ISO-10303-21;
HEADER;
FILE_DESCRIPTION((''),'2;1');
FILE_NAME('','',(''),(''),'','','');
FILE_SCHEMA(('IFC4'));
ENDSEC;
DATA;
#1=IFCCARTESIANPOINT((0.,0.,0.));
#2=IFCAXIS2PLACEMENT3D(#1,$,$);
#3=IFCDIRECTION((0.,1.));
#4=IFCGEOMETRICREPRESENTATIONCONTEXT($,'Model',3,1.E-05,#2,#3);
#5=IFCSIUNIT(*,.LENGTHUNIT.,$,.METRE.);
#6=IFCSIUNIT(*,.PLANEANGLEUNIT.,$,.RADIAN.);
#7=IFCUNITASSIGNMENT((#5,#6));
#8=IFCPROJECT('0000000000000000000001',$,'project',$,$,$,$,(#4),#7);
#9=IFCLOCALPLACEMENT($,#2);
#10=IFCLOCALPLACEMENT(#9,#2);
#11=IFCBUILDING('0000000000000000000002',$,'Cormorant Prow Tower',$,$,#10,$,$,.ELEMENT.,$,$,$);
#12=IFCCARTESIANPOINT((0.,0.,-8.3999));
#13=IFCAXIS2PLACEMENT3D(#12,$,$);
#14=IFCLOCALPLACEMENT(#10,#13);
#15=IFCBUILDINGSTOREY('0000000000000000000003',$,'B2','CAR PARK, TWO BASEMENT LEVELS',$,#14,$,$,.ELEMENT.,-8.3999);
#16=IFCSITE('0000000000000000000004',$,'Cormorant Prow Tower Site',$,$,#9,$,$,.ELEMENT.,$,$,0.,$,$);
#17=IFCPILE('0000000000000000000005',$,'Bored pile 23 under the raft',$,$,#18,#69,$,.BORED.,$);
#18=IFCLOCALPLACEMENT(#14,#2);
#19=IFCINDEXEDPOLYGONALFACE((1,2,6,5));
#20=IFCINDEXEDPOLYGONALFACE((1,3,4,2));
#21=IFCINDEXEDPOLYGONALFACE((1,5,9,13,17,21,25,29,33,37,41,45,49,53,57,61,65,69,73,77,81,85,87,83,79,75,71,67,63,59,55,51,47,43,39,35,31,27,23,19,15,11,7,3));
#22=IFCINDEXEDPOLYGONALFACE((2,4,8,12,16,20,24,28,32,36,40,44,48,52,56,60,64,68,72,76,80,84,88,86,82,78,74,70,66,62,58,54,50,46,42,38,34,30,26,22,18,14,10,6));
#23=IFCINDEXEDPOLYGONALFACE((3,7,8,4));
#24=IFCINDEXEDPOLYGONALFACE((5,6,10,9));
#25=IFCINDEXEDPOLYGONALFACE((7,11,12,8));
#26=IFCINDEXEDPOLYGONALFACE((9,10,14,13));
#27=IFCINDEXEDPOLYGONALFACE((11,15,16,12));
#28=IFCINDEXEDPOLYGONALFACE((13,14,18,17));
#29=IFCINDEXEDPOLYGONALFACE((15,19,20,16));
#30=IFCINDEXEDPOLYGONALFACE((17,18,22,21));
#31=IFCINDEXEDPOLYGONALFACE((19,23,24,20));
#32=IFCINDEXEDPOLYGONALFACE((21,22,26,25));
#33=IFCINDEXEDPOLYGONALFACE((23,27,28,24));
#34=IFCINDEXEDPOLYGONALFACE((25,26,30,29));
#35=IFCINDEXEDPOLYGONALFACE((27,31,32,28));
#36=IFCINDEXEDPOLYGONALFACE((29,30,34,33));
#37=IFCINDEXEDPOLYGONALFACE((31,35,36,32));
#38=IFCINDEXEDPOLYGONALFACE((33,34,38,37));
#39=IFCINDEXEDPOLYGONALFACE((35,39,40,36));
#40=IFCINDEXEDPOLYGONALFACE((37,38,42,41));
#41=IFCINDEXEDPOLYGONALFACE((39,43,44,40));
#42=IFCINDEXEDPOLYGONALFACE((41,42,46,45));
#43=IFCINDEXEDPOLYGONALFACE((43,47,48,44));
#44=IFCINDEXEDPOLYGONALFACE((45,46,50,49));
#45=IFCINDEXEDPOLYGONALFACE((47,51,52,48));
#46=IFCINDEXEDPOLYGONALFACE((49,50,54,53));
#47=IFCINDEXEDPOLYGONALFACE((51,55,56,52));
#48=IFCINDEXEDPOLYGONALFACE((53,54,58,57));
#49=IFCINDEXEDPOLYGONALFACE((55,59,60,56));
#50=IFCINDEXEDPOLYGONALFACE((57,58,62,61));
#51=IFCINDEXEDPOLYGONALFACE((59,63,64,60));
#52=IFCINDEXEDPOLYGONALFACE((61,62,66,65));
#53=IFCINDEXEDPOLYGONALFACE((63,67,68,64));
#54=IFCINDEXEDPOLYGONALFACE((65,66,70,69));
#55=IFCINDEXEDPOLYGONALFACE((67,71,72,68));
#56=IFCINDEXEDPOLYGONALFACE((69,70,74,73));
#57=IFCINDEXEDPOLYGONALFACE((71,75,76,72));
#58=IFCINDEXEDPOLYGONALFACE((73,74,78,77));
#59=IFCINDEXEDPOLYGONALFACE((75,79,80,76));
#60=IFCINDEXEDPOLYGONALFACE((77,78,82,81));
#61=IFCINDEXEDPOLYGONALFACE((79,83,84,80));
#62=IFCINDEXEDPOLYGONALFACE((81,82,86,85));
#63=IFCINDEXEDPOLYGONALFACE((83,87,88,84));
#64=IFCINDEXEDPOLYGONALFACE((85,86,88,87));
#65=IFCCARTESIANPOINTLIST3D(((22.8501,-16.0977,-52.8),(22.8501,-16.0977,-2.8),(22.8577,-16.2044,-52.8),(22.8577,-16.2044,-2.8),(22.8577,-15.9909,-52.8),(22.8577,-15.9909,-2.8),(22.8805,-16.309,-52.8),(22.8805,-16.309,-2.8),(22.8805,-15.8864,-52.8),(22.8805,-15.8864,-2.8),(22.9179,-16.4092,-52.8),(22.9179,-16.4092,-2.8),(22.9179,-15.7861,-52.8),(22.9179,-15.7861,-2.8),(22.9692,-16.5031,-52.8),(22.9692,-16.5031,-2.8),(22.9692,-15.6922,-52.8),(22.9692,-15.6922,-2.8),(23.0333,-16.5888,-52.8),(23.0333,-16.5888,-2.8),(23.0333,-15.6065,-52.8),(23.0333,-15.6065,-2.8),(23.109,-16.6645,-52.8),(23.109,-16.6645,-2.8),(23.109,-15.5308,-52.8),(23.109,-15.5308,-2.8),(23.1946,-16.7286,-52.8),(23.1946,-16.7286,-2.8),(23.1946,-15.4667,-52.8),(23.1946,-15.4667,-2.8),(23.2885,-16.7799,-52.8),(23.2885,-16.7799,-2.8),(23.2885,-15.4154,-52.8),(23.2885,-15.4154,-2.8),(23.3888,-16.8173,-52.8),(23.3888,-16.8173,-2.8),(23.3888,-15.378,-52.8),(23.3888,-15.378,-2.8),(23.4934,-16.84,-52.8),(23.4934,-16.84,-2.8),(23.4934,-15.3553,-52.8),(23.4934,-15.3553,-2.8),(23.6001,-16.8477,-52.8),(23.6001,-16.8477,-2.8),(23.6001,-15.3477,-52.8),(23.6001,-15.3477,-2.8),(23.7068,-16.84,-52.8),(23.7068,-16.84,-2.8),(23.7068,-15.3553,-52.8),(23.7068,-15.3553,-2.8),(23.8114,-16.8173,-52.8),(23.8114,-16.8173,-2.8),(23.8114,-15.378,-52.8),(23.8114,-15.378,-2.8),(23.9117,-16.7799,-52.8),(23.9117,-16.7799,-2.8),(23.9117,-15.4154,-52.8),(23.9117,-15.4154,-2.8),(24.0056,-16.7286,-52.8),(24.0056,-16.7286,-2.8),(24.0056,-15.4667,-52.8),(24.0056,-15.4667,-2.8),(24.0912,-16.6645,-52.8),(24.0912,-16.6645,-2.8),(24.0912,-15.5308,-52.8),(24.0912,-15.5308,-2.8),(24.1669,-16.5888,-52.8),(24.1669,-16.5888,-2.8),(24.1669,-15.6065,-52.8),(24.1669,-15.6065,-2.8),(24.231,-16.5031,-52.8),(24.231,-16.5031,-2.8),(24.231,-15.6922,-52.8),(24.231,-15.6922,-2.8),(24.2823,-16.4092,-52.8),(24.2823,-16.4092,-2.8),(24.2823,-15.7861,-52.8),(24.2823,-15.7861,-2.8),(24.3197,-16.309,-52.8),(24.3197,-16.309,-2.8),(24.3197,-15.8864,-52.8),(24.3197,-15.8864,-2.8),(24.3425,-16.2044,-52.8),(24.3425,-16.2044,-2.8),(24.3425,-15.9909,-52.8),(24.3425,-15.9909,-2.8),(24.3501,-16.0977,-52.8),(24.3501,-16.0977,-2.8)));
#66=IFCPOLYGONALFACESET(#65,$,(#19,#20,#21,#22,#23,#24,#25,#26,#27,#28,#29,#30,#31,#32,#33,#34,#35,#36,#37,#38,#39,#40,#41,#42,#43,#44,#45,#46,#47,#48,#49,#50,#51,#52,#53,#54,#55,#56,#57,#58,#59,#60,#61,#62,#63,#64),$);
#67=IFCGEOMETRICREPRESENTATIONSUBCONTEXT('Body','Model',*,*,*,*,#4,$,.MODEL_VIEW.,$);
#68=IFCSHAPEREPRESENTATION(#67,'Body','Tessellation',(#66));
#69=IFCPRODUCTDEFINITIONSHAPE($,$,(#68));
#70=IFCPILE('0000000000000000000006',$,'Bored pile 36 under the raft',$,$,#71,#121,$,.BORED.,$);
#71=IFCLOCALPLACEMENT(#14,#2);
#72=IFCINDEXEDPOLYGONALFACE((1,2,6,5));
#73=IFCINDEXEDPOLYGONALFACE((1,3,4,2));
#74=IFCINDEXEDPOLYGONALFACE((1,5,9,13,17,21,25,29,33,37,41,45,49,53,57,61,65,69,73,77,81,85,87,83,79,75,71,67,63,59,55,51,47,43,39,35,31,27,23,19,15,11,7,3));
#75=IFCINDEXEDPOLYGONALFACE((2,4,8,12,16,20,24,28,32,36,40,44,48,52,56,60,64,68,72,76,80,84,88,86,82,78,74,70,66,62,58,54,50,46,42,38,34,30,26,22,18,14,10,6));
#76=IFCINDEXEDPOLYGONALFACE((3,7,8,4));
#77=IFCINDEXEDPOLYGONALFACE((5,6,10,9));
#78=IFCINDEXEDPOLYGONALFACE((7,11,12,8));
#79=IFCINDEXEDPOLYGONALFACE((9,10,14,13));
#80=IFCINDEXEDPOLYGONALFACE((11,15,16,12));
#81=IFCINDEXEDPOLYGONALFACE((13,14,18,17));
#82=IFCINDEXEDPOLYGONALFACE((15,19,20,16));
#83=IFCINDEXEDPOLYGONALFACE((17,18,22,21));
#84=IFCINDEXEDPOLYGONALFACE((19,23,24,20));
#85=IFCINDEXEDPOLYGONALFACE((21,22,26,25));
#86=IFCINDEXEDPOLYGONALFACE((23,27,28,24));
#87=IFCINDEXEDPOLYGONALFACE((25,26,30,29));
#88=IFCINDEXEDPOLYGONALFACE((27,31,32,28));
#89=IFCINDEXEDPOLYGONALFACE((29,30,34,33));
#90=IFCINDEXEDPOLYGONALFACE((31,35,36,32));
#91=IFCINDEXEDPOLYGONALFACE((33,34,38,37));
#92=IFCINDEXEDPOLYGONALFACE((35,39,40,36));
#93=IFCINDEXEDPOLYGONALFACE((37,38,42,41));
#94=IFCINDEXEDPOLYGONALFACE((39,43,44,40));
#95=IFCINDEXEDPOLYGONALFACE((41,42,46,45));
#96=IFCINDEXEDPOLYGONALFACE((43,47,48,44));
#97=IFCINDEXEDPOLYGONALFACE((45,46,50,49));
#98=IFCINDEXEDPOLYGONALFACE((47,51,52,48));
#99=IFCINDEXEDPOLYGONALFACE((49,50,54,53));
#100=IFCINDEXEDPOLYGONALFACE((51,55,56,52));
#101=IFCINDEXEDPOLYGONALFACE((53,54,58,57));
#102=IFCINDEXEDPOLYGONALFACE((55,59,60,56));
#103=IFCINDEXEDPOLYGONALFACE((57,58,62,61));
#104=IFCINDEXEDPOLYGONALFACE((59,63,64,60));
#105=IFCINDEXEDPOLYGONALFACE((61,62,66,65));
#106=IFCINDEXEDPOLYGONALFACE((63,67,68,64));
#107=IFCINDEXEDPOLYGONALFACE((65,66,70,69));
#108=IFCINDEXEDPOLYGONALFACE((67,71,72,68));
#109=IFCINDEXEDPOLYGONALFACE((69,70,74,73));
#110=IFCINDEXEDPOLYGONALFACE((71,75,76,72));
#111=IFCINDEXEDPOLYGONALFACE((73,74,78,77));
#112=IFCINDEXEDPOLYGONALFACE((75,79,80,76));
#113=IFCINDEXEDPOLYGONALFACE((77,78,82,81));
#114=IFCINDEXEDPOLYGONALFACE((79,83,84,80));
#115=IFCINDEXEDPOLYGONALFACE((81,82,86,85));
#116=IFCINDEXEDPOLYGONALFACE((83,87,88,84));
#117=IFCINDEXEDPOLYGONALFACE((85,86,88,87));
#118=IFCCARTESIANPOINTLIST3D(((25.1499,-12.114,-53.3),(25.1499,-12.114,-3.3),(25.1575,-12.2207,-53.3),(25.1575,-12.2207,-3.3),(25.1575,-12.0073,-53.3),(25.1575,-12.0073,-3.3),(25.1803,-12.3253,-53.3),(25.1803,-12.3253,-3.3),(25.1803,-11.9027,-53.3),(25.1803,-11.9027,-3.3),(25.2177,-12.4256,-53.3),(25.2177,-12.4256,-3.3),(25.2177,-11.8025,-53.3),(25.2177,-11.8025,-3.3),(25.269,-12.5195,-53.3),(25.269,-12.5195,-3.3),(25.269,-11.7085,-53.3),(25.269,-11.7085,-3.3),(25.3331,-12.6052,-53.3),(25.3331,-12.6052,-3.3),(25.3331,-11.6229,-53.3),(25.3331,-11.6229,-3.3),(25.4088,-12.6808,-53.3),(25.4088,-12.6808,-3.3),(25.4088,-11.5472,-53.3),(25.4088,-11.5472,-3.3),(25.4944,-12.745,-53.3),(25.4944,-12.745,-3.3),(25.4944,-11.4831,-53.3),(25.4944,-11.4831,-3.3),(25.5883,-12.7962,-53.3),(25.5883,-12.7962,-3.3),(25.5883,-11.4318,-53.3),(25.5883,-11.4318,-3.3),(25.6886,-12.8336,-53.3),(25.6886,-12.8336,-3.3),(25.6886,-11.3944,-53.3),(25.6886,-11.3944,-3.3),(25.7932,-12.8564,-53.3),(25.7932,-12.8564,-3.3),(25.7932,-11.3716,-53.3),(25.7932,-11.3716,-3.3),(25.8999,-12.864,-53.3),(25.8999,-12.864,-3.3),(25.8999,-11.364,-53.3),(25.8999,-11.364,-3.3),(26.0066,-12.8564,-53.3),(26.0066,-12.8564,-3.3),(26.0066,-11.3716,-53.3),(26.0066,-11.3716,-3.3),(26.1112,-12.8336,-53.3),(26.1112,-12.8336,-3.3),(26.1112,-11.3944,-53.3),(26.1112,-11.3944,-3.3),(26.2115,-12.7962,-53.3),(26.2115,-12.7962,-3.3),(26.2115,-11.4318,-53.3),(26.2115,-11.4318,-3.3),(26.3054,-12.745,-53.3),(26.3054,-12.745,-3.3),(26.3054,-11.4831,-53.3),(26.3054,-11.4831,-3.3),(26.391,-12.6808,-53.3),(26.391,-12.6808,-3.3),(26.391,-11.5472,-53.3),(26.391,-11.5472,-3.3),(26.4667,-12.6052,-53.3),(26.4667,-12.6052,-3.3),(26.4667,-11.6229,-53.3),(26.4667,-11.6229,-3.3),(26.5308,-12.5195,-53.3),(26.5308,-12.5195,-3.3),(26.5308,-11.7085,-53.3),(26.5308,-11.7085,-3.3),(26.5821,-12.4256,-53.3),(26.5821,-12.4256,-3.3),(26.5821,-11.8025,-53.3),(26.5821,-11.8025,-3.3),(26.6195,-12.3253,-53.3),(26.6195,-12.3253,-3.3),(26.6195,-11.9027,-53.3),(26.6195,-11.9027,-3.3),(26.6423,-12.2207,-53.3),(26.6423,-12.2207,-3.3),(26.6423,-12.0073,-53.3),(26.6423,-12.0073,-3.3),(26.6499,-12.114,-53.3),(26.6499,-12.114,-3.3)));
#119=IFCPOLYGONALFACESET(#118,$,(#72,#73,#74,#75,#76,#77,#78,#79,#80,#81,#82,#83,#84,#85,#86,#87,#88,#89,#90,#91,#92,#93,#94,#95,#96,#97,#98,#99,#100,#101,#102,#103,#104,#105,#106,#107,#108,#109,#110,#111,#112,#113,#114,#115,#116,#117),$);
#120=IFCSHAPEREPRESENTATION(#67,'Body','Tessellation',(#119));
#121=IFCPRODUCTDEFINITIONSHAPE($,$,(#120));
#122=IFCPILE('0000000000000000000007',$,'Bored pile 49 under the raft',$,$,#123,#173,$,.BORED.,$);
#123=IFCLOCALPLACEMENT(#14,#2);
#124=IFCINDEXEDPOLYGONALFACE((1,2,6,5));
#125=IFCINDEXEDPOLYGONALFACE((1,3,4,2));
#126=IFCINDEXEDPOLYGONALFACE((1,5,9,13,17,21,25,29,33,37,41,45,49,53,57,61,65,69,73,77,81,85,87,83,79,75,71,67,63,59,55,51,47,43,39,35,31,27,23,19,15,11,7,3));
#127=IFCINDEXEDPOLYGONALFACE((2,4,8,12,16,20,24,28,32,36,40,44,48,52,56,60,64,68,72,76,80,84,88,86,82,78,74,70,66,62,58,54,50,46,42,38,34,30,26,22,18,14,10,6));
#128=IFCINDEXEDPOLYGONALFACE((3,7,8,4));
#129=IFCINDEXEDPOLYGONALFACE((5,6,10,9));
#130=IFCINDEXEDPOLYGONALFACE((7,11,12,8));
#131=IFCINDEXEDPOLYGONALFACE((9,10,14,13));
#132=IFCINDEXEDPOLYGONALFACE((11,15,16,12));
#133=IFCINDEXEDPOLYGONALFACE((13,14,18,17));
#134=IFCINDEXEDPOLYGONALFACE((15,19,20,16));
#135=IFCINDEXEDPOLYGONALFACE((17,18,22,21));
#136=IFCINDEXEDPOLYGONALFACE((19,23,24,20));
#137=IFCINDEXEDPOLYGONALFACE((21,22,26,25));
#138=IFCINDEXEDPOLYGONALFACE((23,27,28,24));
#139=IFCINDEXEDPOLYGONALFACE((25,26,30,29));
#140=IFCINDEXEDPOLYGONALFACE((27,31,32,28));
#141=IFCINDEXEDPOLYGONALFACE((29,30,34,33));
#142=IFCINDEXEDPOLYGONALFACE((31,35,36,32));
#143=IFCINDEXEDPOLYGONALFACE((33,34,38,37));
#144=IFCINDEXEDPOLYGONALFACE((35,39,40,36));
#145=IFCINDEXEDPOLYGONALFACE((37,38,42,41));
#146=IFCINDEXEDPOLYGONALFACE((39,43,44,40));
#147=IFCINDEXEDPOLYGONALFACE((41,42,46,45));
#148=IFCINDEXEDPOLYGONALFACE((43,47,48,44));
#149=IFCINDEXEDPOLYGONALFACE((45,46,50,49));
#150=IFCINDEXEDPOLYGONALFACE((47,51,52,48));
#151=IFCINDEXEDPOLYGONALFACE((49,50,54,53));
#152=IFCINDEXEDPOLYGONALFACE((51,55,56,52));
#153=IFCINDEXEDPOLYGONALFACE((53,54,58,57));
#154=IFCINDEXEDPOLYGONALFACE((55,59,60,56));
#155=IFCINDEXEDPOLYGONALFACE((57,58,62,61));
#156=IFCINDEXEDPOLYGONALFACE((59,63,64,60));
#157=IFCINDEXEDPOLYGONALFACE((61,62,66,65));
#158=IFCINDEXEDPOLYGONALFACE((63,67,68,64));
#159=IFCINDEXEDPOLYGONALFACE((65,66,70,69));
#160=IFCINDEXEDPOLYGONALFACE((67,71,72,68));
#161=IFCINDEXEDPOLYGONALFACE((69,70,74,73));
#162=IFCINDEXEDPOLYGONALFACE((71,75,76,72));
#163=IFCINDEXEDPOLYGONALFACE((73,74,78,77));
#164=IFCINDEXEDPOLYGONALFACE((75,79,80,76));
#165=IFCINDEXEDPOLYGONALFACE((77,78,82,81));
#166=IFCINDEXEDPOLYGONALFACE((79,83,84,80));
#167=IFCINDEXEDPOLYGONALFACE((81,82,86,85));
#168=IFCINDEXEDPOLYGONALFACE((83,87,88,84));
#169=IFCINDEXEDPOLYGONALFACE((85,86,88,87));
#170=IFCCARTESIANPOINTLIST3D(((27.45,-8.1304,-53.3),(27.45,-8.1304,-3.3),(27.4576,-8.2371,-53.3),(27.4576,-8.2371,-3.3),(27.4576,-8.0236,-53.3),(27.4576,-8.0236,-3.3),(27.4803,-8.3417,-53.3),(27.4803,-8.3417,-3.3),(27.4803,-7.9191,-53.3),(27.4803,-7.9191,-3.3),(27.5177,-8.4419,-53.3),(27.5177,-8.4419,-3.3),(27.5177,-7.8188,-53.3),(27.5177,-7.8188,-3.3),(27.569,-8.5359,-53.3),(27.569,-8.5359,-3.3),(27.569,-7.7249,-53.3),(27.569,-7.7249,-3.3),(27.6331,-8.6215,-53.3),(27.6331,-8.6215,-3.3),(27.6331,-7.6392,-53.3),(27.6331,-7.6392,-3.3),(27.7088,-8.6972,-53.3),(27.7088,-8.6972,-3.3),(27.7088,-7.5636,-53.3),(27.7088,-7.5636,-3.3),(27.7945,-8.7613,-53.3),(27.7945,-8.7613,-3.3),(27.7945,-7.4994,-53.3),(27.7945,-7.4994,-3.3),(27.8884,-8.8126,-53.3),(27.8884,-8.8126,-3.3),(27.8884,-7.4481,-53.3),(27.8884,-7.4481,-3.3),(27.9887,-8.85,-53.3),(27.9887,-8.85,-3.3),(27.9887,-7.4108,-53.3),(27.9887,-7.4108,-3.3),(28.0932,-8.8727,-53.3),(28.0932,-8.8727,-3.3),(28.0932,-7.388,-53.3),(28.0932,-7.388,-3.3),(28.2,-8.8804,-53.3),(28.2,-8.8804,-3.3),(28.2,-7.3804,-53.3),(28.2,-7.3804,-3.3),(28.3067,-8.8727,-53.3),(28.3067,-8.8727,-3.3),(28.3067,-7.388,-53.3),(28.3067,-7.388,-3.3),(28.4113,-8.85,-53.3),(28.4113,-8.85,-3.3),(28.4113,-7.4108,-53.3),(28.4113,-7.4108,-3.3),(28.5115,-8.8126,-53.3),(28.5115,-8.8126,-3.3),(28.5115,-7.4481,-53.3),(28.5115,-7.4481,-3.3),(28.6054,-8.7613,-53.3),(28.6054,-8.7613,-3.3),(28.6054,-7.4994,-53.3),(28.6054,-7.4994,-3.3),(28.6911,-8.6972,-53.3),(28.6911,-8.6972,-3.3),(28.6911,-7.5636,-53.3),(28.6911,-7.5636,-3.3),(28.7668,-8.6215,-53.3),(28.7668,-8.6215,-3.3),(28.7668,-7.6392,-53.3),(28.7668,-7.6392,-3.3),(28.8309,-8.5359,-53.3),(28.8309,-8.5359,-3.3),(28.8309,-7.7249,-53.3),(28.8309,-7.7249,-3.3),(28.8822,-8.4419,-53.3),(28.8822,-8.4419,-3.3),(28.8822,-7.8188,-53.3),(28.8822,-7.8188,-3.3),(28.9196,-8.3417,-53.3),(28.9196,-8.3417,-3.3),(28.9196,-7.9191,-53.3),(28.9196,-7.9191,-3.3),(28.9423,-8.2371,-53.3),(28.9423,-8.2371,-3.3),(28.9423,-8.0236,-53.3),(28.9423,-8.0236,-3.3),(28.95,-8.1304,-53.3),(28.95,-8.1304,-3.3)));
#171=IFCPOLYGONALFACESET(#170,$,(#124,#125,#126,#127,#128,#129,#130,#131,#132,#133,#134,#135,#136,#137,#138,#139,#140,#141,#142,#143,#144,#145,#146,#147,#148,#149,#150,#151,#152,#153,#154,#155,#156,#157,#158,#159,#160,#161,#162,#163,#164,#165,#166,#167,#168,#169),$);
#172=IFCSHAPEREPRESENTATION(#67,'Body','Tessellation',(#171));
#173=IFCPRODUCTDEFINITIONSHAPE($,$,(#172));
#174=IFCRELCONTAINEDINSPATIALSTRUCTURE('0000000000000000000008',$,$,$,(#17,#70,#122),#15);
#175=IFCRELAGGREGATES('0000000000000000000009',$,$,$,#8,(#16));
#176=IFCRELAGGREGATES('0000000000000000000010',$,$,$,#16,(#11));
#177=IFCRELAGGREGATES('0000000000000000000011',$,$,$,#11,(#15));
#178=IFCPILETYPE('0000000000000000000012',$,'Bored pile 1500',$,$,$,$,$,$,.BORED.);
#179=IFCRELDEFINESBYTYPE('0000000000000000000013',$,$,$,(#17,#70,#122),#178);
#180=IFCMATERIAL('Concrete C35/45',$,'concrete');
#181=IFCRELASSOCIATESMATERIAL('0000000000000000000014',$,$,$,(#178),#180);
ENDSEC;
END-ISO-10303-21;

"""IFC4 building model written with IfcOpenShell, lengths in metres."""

from ifc_helpers import new_model, si_unit, direction, frame, origin, origin_2d, place, context, subcontext, project, spatial, circle, extrude, material, material_profile, profile_set, type_object, element, save


model = new_model("IFC4")

# Units and contexts
model_context = context("Model", 3, precision=1e-05, world=origin(), true_north=direction((0.0, 1.0)))
body_context = subcontext(model_context, "Body", "Model", "MODEL_VIEW")
ifc_project = project(units=[si_unit("LENGTHUNIT", "METRE"), si_unit("PLANEANGLEUNIT", "RADIAN")], contexts=[model_context])

# Site, building, storey
site_placement = place(None, origin())
site = spatial("IfcSite", under=ifc_project, at=site_placement, Name="Cormorant Prow Tower Site", CompositionType="ELEMENT", RefElevation=0.0)
building_placement = place(site_placement, origin())
building = spatial("IfcBuilding", under=site, at=building_placement, Name="Cormorant Prow Tower", CompositionType="ELEMENT")
storey_placement = place(building_placement, frame((0.0, 0.0, -8.3999)))
storey = spatial("IfcBuildingStorey", under=building, at=storey_placement, Name="B2", Description="CAR PARK, TWO BASEMENT LEVELS", CompositionType="ELEMENT", Elevation=-8.3999)

# Piles
ifc_material_1 = material(Name="Concrete C35/45", Category="concrete")
ifc_material_profile_1 = material_profile(ifc_material_1, circle(Radius=0.75, at=origin_2d()), Name="Round 1500")
ifc_profile_set_1 = profile_set([ifc_material_profile_1], Name="Concrete C35/45")
pile_type_1 = type_object("IfcPileType", Name="Bored pile 1500", PredefinedType="BORED", material=ifc_profile_set_1)
for number, where, z_axis, x_axis, name in (
    (1, (23.6001, -16.0977, -2.8), (0.0, 0.0, -1.0), (1.0, 0.0, 0.0), "Bored pile 23 under the raft"),
    (2, (25.8999, -12.114, -3.3), (0.0, 0.0, -1.0), (1.0, 0.0, 0.0), "Bored pile 36 under the raft"),
    (3, (28.2, -8.1304, -3.3), (0.0, 0.0, -1.0), (1.0, 0.0, 0.0), "Bored pile 49 under the raft"),
):
    element("IfcPile", number, at=place(storey_placement, frame(where, z_axis=z_axis, x_axis=x_axis)), inside=storey, type_object=pile_type_1, Name=name, PredefinedType="BORED", context=body_context, shape_type="SweptSolid", body=[
        extrude(circle(Radius=0.75, at=origin_2d()), origin(), (0.0, 0.0, 1.0), 50.0),
    ])

save(model, "model.ifc")
